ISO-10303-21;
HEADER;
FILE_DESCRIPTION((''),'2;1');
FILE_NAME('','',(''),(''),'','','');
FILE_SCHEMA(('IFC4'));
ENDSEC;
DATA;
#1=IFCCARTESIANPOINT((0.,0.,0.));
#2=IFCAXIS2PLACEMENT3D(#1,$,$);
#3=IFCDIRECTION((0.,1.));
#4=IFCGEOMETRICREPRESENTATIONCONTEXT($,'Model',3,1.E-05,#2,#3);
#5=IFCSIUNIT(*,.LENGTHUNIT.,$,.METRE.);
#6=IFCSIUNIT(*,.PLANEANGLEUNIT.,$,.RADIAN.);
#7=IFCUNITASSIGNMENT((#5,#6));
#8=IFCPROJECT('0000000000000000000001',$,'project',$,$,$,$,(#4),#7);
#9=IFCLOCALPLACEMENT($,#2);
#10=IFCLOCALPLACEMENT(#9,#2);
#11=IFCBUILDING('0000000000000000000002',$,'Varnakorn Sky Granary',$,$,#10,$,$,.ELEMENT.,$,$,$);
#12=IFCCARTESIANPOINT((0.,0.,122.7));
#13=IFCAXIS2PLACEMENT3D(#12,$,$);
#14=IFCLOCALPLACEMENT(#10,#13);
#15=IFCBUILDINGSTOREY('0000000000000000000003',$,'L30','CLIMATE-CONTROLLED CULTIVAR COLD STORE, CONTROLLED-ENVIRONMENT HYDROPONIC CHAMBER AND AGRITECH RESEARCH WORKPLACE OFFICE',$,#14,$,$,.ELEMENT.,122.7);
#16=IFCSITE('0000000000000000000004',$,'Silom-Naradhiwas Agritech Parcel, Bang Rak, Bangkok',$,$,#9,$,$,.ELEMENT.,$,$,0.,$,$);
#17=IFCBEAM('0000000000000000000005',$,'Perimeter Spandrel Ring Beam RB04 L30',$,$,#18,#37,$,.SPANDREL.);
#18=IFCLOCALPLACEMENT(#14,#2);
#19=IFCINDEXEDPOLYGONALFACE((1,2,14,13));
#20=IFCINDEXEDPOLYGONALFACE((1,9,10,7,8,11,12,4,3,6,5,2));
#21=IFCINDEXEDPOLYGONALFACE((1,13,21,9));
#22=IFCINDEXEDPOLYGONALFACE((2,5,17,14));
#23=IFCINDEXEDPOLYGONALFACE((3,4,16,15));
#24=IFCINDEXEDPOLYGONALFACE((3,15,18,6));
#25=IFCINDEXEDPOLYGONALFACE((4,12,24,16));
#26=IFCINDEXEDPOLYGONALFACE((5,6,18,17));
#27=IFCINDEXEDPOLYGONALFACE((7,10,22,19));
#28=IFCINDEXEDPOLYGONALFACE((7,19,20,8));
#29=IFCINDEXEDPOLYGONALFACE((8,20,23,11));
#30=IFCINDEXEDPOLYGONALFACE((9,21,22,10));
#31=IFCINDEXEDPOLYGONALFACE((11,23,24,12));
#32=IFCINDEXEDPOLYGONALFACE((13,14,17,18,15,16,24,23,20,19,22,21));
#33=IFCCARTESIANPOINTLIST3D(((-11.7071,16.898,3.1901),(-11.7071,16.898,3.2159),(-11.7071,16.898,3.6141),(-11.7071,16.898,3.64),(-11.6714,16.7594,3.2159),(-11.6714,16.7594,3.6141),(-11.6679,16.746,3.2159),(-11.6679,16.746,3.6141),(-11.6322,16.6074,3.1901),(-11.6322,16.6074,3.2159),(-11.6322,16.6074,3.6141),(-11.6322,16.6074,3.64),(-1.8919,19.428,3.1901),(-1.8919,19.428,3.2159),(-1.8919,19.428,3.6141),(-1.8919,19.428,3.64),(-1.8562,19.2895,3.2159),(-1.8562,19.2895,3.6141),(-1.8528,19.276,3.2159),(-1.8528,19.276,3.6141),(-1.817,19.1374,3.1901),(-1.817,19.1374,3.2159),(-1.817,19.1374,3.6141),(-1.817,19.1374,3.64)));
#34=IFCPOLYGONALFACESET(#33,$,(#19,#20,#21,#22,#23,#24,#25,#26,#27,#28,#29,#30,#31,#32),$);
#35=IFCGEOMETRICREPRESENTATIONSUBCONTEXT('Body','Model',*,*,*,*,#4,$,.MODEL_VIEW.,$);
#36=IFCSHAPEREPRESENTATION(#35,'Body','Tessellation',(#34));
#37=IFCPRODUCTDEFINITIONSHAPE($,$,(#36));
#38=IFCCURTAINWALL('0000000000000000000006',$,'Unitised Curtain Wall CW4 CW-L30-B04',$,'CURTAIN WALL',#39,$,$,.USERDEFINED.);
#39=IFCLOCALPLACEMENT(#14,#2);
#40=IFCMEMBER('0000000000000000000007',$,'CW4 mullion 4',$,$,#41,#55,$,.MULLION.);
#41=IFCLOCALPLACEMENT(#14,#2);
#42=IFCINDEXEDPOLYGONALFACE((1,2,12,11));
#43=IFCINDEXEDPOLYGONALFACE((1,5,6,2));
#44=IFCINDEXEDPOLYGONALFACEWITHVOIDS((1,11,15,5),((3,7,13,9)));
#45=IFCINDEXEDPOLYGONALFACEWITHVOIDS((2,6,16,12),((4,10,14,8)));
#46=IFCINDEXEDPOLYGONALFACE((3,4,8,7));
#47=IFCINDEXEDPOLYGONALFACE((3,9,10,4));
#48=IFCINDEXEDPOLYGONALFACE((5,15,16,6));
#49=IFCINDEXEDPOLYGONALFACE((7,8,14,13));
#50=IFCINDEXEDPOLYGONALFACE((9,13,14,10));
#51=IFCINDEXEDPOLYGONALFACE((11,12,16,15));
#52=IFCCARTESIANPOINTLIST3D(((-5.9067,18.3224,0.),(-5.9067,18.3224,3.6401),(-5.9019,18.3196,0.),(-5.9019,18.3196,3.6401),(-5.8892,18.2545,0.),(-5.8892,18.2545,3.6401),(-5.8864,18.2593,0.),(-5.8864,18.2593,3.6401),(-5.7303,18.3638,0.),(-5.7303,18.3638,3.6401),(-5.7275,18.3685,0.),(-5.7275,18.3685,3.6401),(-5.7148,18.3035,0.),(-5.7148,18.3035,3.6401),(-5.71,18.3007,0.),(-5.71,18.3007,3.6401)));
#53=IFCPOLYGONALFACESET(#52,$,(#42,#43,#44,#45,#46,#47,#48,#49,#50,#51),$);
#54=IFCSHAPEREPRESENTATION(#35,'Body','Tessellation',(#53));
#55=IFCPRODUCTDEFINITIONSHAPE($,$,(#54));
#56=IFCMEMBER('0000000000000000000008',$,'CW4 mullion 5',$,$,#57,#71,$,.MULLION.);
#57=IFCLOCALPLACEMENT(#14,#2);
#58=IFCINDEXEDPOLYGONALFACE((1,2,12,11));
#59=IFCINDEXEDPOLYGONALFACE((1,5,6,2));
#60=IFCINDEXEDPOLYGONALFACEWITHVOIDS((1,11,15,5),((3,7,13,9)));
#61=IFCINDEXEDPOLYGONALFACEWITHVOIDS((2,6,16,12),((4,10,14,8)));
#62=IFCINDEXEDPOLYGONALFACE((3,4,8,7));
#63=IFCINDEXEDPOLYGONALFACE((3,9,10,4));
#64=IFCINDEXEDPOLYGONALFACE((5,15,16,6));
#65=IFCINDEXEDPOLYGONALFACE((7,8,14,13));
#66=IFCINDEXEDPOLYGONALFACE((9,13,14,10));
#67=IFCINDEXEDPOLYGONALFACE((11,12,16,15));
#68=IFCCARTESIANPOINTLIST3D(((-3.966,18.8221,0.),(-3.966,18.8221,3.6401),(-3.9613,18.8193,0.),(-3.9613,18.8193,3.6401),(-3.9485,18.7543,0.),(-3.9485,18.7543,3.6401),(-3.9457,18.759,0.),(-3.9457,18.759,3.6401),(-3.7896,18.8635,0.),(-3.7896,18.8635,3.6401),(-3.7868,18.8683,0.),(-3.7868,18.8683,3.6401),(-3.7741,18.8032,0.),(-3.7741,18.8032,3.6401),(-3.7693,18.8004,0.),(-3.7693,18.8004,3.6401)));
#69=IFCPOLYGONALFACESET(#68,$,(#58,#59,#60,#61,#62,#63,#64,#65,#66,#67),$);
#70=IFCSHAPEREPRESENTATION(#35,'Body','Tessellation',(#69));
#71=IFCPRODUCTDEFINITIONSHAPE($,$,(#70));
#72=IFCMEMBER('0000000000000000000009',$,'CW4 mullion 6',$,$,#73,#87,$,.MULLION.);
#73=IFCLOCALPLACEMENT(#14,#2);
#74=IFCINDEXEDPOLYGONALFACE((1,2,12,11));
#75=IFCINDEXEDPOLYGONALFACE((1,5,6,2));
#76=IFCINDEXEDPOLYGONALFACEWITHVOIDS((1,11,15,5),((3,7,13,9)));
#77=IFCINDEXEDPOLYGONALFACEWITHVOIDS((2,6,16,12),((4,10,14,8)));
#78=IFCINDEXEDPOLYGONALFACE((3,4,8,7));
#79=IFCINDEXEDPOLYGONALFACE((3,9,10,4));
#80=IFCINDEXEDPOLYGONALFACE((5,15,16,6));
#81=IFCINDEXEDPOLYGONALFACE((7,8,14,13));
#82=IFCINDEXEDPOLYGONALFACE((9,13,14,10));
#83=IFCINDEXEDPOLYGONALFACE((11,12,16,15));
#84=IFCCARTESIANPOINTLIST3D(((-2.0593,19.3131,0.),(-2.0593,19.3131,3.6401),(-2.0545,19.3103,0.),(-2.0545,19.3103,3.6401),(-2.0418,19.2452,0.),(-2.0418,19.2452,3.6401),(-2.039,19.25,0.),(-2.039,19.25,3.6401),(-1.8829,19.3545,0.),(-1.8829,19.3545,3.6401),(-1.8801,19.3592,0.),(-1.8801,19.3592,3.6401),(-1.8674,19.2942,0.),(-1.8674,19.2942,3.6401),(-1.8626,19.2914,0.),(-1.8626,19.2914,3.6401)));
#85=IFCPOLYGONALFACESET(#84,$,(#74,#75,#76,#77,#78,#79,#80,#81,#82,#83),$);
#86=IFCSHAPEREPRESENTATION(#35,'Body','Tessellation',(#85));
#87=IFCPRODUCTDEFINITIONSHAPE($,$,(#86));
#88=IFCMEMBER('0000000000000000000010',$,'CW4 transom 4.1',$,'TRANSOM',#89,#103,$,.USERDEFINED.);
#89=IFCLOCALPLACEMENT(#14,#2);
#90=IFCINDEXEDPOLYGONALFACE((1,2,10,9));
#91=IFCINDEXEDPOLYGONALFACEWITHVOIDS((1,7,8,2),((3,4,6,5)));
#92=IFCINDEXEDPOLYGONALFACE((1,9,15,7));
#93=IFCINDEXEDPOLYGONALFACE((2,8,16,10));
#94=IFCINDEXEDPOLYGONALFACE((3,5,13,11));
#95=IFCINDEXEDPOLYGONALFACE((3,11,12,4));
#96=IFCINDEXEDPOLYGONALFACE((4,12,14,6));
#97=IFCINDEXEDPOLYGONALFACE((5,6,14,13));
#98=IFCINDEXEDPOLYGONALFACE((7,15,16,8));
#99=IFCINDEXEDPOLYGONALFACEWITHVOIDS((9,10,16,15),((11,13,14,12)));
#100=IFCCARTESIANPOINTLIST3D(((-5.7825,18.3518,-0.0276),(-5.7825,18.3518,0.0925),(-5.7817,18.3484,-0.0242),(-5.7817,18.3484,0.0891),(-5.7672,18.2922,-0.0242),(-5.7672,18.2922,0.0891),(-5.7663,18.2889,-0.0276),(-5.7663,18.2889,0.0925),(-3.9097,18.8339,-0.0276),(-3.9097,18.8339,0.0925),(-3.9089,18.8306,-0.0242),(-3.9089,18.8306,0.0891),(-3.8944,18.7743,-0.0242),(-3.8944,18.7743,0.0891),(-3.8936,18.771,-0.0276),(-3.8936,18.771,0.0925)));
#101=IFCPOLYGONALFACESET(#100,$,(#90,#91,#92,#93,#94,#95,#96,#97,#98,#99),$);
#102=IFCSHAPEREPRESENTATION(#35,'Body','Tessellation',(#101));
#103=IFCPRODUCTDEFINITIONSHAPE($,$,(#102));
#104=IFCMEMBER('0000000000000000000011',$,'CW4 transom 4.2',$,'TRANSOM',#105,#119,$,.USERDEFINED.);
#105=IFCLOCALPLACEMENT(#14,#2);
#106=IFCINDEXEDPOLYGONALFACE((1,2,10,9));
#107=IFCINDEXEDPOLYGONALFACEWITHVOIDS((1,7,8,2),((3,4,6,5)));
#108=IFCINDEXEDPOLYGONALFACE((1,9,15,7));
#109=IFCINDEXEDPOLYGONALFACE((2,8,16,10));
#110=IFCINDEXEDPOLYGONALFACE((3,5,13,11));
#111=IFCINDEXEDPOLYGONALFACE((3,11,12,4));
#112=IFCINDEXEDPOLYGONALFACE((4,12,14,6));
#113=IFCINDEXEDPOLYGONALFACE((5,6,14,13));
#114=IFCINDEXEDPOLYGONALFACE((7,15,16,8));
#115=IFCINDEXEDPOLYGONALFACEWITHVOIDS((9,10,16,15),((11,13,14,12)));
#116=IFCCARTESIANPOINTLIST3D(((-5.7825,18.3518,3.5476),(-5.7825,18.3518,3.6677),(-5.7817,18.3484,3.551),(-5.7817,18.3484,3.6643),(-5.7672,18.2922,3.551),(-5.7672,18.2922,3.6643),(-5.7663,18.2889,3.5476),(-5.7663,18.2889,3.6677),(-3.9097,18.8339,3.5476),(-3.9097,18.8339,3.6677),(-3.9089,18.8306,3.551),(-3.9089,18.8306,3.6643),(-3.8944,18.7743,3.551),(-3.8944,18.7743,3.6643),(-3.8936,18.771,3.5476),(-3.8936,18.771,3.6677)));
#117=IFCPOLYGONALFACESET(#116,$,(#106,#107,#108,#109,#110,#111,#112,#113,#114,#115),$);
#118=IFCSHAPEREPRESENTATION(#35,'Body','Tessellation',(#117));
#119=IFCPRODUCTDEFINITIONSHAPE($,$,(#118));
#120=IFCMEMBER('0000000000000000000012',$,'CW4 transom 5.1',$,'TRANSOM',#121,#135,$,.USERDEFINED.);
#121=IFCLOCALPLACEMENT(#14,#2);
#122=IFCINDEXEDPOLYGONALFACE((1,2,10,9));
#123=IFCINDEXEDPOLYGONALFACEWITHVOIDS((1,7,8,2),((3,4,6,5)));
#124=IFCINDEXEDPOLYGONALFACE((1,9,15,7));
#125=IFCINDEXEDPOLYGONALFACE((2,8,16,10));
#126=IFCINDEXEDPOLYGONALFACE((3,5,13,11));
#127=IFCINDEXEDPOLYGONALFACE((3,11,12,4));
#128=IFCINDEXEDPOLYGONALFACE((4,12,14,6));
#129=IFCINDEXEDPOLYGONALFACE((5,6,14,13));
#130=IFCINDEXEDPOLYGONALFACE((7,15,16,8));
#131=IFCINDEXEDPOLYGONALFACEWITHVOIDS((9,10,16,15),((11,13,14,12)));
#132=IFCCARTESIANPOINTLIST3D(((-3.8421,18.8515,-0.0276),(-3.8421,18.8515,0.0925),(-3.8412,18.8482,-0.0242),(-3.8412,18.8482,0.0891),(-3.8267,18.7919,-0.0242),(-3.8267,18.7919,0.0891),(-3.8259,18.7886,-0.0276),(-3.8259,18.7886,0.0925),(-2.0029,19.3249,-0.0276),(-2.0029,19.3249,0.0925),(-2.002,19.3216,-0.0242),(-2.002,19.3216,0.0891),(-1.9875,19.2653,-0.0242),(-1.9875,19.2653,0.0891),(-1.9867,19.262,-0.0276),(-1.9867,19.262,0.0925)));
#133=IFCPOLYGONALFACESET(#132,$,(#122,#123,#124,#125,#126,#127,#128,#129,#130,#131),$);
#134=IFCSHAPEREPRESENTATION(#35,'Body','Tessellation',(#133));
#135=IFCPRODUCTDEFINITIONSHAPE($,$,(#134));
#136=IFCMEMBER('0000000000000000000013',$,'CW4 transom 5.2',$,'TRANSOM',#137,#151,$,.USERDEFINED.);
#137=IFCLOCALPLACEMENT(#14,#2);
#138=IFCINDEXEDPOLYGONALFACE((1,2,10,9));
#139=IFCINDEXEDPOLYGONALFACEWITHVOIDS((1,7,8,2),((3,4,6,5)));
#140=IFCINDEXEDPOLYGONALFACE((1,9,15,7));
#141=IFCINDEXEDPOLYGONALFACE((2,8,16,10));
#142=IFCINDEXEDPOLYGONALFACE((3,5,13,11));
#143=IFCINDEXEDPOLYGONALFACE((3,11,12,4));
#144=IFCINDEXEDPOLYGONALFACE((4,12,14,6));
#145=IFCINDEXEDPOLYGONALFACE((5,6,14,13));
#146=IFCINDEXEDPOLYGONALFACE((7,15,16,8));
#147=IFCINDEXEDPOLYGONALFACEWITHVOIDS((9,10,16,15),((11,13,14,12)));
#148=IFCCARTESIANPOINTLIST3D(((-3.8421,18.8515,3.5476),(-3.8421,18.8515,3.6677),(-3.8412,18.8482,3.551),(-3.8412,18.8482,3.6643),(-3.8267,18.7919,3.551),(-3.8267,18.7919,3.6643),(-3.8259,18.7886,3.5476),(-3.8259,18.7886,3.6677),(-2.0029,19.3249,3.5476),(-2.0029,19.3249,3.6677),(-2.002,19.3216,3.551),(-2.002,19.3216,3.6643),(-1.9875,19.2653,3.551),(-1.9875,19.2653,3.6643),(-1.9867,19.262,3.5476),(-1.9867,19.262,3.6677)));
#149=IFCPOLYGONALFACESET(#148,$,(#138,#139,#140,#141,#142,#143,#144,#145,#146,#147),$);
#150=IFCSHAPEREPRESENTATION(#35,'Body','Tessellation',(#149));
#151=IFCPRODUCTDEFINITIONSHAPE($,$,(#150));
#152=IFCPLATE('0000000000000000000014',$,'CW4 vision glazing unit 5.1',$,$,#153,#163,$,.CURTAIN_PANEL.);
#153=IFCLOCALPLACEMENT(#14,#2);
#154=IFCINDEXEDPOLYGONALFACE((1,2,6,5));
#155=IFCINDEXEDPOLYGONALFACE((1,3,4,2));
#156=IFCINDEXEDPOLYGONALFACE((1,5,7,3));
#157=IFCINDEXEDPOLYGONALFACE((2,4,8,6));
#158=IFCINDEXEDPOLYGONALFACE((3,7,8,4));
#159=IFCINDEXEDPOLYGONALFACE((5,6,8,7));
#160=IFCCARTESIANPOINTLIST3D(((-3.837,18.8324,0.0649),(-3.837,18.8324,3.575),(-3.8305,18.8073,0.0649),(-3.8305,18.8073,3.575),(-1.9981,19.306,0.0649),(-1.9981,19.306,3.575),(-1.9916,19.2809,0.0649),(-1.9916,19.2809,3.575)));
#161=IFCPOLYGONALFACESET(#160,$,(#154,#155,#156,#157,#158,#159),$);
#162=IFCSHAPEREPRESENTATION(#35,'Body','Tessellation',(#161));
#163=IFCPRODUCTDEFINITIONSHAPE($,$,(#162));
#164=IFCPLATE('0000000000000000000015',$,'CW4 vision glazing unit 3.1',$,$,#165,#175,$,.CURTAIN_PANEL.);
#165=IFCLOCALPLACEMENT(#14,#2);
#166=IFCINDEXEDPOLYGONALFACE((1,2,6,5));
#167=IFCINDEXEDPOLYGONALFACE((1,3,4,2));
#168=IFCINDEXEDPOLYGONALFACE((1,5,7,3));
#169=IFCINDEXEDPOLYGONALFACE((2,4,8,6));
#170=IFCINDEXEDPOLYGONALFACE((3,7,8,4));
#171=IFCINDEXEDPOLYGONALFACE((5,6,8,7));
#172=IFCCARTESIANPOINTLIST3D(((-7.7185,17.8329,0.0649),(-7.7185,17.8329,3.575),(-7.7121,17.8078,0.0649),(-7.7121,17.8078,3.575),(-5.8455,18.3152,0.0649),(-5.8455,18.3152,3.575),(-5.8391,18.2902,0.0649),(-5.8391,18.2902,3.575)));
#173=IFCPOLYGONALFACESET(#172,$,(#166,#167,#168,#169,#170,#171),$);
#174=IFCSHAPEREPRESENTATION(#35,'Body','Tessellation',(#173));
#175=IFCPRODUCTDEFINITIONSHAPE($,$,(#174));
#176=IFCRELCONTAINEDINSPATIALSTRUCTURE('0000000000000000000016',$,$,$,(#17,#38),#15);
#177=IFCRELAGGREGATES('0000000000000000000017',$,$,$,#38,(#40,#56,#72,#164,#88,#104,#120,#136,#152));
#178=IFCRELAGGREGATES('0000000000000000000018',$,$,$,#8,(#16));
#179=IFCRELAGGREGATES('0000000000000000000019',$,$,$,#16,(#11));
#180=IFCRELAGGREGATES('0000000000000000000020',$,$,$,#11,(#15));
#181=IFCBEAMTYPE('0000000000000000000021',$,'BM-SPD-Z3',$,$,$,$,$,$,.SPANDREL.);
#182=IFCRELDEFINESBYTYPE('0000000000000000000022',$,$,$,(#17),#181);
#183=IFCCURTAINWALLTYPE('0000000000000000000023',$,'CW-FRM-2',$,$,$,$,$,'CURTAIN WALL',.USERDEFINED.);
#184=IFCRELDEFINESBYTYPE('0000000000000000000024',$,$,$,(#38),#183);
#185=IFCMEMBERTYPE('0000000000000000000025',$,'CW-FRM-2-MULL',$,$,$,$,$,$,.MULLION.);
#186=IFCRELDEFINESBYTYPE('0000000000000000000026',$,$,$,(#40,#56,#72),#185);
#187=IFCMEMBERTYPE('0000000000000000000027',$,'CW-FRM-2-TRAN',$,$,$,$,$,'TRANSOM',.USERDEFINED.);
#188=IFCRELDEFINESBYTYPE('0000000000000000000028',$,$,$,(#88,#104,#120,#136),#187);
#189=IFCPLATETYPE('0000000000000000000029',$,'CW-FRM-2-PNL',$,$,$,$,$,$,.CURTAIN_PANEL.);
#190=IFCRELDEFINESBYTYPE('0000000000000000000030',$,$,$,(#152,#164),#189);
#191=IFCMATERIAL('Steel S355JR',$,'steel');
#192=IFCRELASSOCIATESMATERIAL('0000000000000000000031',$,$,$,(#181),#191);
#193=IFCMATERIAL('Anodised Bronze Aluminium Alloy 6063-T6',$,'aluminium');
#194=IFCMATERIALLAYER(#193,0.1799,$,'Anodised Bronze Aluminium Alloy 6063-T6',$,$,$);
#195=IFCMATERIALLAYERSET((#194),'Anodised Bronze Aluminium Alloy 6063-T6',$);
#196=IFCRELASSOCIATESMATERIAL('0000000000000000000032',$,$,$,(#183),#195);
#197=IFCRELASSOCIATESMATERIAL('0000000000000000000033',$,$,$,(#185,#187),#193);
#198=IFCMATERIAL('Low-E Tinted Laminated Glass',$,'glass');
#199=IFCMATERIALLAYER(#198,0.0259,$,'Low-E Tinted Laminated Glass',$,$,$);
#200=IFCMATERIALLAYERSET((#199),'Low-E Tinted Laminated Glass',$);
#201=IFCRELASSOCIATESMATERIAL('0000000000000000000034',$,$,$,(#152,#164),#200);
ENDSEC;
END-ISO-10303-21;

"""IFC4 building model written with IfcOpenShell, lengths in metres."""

from ifc_helpers import new_model, si_unit, direction, frame, origin, origin_2d, place, context, subcontext, project, spatial, rectangle, hollow_rectangle, i_section, extrude, source, transform, mapped, material, layer, layer_set, material_profile, profile_set, type_object, type_shapes, element, aggregate, save


model = new_model("IFC4")

# Units and contexts
model_context = context("Model", 3, precision=1e-05, world=origin(), true_north=direction((0.0, 1.0)))
body_context = subcontext(model_context, "Body", "Model", "MODEL_VIEW")
ifc_project = project(units=[si_unit("LENGTHUNIT", "METRE"), si_unit("PLANEANGLEUNIT", "RADIAN")], contexts=[model_context])

# Site, building, storey
site_placement = place(None, origin())
site = spatial("IfcSite", under=ifc_project, at=site_placement, Name="Silom-Naradhiwas Agritech Parcel, Bang Rak, Bangkok", CompositionType="ELEMENT", RefElevation=0.0)
building_placement = place(site_placement, origin())
building = spatial("IfcBuilding", under=site, at=building_placement, Name="Varnakorn Sky Granary", CompositionType="ELEMENT")
storey_placement = place(building_placement, frame((0.0, 0.0, 122.7)))
storey = spatial("IfcBuildingStorey", under=building, at=storey_placement, Name="L30", Description="CLIMATE-CONTROLLED CULTIVAR COLD STORE, CONTROLLED-ENVIRONMENT HYDROPONIC CHAMBER AND AGRITECH RESEARCH WORKPLACE OFFICE", CompositionType="ELEMENT", Elevation=122.7)

# Beam
ifc_material_1 = material(Name="Steel S355JR", Category="steel")
ifc_material_profile_1 = material_profile(ifc_material_1, i_section(OverallWidth=0.3, OverallDepth=0.45, WebThickness=0.0139, FlangeThickness=0.0259, at=origin_2d()), Name="HE 450 B")
ifc_profile_set_1 = profile_set([ifc_material_profile_1], Name="Steel S355JR")
beam_type_1 = type_object("IfcBeamType", Name="BM-SPD-Z3", PredefinedType="SPANDREL", material=ifc_profile_set_1)
beam_1_placement = place(storey_placement, frame((-1.8545, 19.2827, 3.415), z_axis=(-0.968347, -0.249608, 0.0), x_axis=(0.249608, -0.968347, 0.0)))
element("IfcBeam", 1, at=beam_1_placement, inside=storey, type_object=beam_type_1, Name="Perimeter Spandrel Ring Beam RB04 L30", PredefinedType="SPANDREL", context=body_context, shape_type="SweptSolid", body=[
    extrude(i_section(OverallWidth=0.3, OverallDepth=0.45, WebThickness=0.0139, FlangeThickness=0.0259, at=origin_2d()), origin(), (0.0, 0.0, 1.0), 10.136),
])

# Curtain wall, members, plates
ifc_material_2 = material(Name="Anodised Bronze Aluminium Alloy 6063-T6", Category="aluminium")
ifc_layer_1 = layer(ifc_material_2, 0.1799, Name="Anodised Bronze Aluminium Alloy 6063-T6")
ifc_layer_set_1 = layer_set([ifc_layer_1], Name="Anodised Bronze Aluminium Alloy 6063-T6")
curtain_wall_type = type_object("IfcCurtainWallType", Name="CW-FRM-2", ElementType="CURTAIN WALL", PredefinedType="USERDEFINED", material=ifc_layer_set_1)
curtain_wall_placement = place(storey_placement, origin())
curtain_wall = element("IfcCurtainWall", 2, at=curtain_wall_placement, inside=storey, type_object=curtain_wall_type, Name="Unitised Curtain Wall CW4 CW-L30-B04", ObjectType="CURTAIN WALL", PredefinedType="USERDEFINED")
ifc_material_profile_2 = material_profile(ifc_material_2, hollow_rectangle(XDim=0.0701, YDim=0.1851, WallThickness=0.0039, at=origin_2d()), Name="ALU MULL 70x185")
ifc_profile_set_2 = profile_set([ifc_material_profile_2], Name="Anodised Bronze Aluminium Alloy 6063-T6")
member_type_1 = type_object("IfcMemberType", Name="CW-FRM-2-MULL", PredefinedType="MULLION", material=ifc_profile_set_2)
member_1_placement = place(storey_placement, frame((-5.8083, 18.3115, 0.0), z_axis=(0.0, 0.0, 1.0), x_axis=(-0.249384, 0.968405, 0.0)))
member_1 = element("IfcMember", 3, at=member_1_placement, type_object=member_type_1, Name="CW4 mullion 4", PredefinedType="MULLION", context=body_context, shape_type="SweptSolid", body=[
    extrude(hollow_rectangle(XDim=0.0701, YDim=0.1851, WallThickness=0.0039, at=origin_2d()), origin(), (0.0, 0.0, 1.0), 3.6401),
])
member_2_placement = place(storey_placement, frame((-3.8677, 18.8113, 0.0), z_axis=(0.0, 0.0, 1.0), x_axis=(-0.249384, 0.968405, 0.0)))
member_2 = element("IfcMember", 4, at=member_2_placement, type_object=member_type_1, Name="CW4 mullion 5", PredefinedType="MULLION", context=body_context, shape_type="SweptSolid", body=[
    extrude(hollow_rectangle(XDim=0.0701, YDim=0.1851, WallThickness=0.0039, at=origin_2d()), origin(), (0.0, 0.0, 1.0), 3.6401),
])
member_3_placement = place(storey_placement, frame((-1.9609, 19.3022, 0.0), z_axis=(0.0, 0.0, 1.0), x_axis=(-0.249384, 0.968405, 0.0)))
member_3 = element("IfcMember", 5, at=member_3_placement, type_object=member_type_1, Name="CW4 mullion 6", PredefinedType="MULLION", context=body_context, shape_type="SweptSolid", body=[
    extrude(hollow_rectangle(XDim=0.0701, YDim=0.1851, WallThickness=0.0039, at=origin_2d()), origin(), (0.0, 0.0, 1.0), 3.6401),
])
ifc_material_profile_3 = material_profile(ifc_material_2, hollow_rectangle(XDim=0.0649, YDim=0.1201, WallThickness=0.0034, at=origin_2d()), Name="ALU TRAN 65x120")
ifc_profile_set_3 = profile_set([ifc_material_profile_3], Name="Anodised Bronze Aluminium Alloy 6063-T6")
member_type_2 = type_object("IfcMemberType", Name="CW-FRM-2-TRAN", ElementType="TRANSOM", PredefinedType="USERDEFINED", material=ifc_profile_set_3)
member_4_placement = place(storey_placement, frame((-5.7744, 18.3203, 0.0325), z_axis=(0.968418, 0.249332, 0.0), x_axis=(-0.249332, 0.968418, 0.0)))
member_4 = element("IfcMember", 6, at=member_4_placement, type_object=member_type_2, Name="CW4 transom 4.1", ObjectType="TRANSOM", PredefinedType="USERDEFINED", context=body_context, shape_type="SweptSolid", body=[
    extrude(hollow_rectangle(XDim=0.0649, YDim=0.1201, WallThickness=0.0034, at=origin_2d()), origin(), (0.0, 0.0, 1.0), 1.9338),
])
member_5_placement = place(storey_placement, frame((-5.7744, 18.3203, 3.6077), z_axis=(0.968418, 0.249332, 0.0), x_axis=(-0.249332, 0.968418, 0.0)))
member_5 = element("IfcMember", 7, at=member_5_placement, type_object=member_type_2, Name="CW4 transom 4.2", ObjectType="TRANSOM", PredefinedType="USERDEFINED", context=body_context, shape_type="SweptSolid", body=[
    extrude(hollow_rectangle(XDim=0.0649, YDim=0.1201, WallThickness=0.0034, at=origin_2d()), origin(), (0.0, 0.0, 1.0), 1.9338),
])
member_6_placement = place(storey_placement, frame((-3.834, 18.8201, 0.0325), z_axis=(0.968433, 0.249275, 0.0), x_axis=(-0.249275, 0.968433, 0.0)))
member_6 = element("IfcMember", 8, at=member_6_placement, type_object=member_type_2, Name="CW4 transom 5.1", ObjectType="TRANSOM", PredefinedType="USERDEFINED", context=body_context, shape_type="SweptSolid", body=[
    extrude(hollow_rectangle(XDim=0.0649, YDim=0.1201, WallThickness=0.0034, at=origin_2d()), origin(), (0.0, 0.0, 1.0), 1.8992),
])
member_7_placement = place(storey_placement, frame((-3.834, 18.8201, 3.6077), z_axis=(0.968433, 0.249275, 0.0), x_axis=(-0.249275, 0.968433, 0.0)))
member_7 = element("IfcMember", 9, at=member_7_placement, type_object=member_type_2, Name="CW4 transom 5.2", ObjectType="TRANSOM", PredefinedType="USERDEFINED", context=body_context, shape_type="SweptSolid", body=[
    extrude(hollow_rectangle(XDim=0.0649, YDim=0.1201, WallThickness=0.0034, at=origin_2d()), origin(), (0.0, 0.0, 1.0), 1.8992),
])
ifc_material_3 = material(Name="Low-E Tinted Laminated Glass", Category="glass")
ifc_layer_2 = layer(ifc_material_3, 0.0259, Name="Low-E Tinted Laminated Glass")
ifc_layer_set_2 = layer_set([ifc_layer_2], Name="Low-E Tinted Laminated Glass")
plate_type = type_object("IfcPlateType", Name="CW-FRM-2-PNL", PredefinedType="CURTAIN_PANEL")
shared_shape_1 = source(origin(), body_context, "Body", "SweptSolid", [
    extrude(rectangle(XDim=1.8989, YDim=0.0259, at=origin_2d()), origin(), (0.0, 0.0, 1.0), 3.51),
])
plate_1_placement = place(storey_placement, frame((-2.9143, 19.0566, 0.0649), z_axis=(0.0, 0.0, 1.0), x_axis=(0.968405, 0.249384, 0.0)))
plate_1 = element("IfcPlate", 10, at=plate_1_placement, type_object=plate_type, material=ifc_layer_set_2, Name="CW4 vision glazing unit 5.1", PredefinedType="CURTAIN_PANEL", context=body_context, shape_type="MappedRepresentation", body=[
    mapped(shared_shape_1, transform((0.0, 0.0, 0.0), x_axis=(1.0, 0.0, 0.0), y_axis=(0.0, 1.0, 0.0), z_axis=(0.0, 0.0, 1.0), scale=1.0)),
])
shared_shape_2 = source(origin(), body_context, "Body", "SweptSolid", [
    extrude(rectangle(XDim=1.9341, YDim=0.0259, at=origin_2d()), origin(), (0.0, 0.0, 1.0), 3.51),
])
type_shapes(plate_type, [shared_shape_1, shared_shape_2])
plate_2_placement = place(storey_placement, frame((-6.7788, 18.0615, 0.0649), z_axis=(0.0, 0.0, 1.0), x_axis=(0.968405, 0.249384, 0.0)))
plate_2 = element("IfcPlate", 11, at=plate_2_placement, type_object=plate_type, material=ifc_layer_set_2, Name="CW4 vision glazing unit 3.1", PredefinedType="CURTAIN_PANEL", context=body_context, shape_type="MappedRepresentation", body=[
    mapped(shared_shape_2, transform((0.0, 0.0, 0.0), x_axis=(1.0, 0.0, 0.0), y_axis=(0.0, 1.0, 0.0), z_axis=(0.0, 0.0, 1.0), scale=1.0)),
])
aggregate(curtain_wall, [member_1, member_2, member_3, plate_2, member_4, member_5, member_6, member_7, plate_1])

save(model, "model.ifc")
